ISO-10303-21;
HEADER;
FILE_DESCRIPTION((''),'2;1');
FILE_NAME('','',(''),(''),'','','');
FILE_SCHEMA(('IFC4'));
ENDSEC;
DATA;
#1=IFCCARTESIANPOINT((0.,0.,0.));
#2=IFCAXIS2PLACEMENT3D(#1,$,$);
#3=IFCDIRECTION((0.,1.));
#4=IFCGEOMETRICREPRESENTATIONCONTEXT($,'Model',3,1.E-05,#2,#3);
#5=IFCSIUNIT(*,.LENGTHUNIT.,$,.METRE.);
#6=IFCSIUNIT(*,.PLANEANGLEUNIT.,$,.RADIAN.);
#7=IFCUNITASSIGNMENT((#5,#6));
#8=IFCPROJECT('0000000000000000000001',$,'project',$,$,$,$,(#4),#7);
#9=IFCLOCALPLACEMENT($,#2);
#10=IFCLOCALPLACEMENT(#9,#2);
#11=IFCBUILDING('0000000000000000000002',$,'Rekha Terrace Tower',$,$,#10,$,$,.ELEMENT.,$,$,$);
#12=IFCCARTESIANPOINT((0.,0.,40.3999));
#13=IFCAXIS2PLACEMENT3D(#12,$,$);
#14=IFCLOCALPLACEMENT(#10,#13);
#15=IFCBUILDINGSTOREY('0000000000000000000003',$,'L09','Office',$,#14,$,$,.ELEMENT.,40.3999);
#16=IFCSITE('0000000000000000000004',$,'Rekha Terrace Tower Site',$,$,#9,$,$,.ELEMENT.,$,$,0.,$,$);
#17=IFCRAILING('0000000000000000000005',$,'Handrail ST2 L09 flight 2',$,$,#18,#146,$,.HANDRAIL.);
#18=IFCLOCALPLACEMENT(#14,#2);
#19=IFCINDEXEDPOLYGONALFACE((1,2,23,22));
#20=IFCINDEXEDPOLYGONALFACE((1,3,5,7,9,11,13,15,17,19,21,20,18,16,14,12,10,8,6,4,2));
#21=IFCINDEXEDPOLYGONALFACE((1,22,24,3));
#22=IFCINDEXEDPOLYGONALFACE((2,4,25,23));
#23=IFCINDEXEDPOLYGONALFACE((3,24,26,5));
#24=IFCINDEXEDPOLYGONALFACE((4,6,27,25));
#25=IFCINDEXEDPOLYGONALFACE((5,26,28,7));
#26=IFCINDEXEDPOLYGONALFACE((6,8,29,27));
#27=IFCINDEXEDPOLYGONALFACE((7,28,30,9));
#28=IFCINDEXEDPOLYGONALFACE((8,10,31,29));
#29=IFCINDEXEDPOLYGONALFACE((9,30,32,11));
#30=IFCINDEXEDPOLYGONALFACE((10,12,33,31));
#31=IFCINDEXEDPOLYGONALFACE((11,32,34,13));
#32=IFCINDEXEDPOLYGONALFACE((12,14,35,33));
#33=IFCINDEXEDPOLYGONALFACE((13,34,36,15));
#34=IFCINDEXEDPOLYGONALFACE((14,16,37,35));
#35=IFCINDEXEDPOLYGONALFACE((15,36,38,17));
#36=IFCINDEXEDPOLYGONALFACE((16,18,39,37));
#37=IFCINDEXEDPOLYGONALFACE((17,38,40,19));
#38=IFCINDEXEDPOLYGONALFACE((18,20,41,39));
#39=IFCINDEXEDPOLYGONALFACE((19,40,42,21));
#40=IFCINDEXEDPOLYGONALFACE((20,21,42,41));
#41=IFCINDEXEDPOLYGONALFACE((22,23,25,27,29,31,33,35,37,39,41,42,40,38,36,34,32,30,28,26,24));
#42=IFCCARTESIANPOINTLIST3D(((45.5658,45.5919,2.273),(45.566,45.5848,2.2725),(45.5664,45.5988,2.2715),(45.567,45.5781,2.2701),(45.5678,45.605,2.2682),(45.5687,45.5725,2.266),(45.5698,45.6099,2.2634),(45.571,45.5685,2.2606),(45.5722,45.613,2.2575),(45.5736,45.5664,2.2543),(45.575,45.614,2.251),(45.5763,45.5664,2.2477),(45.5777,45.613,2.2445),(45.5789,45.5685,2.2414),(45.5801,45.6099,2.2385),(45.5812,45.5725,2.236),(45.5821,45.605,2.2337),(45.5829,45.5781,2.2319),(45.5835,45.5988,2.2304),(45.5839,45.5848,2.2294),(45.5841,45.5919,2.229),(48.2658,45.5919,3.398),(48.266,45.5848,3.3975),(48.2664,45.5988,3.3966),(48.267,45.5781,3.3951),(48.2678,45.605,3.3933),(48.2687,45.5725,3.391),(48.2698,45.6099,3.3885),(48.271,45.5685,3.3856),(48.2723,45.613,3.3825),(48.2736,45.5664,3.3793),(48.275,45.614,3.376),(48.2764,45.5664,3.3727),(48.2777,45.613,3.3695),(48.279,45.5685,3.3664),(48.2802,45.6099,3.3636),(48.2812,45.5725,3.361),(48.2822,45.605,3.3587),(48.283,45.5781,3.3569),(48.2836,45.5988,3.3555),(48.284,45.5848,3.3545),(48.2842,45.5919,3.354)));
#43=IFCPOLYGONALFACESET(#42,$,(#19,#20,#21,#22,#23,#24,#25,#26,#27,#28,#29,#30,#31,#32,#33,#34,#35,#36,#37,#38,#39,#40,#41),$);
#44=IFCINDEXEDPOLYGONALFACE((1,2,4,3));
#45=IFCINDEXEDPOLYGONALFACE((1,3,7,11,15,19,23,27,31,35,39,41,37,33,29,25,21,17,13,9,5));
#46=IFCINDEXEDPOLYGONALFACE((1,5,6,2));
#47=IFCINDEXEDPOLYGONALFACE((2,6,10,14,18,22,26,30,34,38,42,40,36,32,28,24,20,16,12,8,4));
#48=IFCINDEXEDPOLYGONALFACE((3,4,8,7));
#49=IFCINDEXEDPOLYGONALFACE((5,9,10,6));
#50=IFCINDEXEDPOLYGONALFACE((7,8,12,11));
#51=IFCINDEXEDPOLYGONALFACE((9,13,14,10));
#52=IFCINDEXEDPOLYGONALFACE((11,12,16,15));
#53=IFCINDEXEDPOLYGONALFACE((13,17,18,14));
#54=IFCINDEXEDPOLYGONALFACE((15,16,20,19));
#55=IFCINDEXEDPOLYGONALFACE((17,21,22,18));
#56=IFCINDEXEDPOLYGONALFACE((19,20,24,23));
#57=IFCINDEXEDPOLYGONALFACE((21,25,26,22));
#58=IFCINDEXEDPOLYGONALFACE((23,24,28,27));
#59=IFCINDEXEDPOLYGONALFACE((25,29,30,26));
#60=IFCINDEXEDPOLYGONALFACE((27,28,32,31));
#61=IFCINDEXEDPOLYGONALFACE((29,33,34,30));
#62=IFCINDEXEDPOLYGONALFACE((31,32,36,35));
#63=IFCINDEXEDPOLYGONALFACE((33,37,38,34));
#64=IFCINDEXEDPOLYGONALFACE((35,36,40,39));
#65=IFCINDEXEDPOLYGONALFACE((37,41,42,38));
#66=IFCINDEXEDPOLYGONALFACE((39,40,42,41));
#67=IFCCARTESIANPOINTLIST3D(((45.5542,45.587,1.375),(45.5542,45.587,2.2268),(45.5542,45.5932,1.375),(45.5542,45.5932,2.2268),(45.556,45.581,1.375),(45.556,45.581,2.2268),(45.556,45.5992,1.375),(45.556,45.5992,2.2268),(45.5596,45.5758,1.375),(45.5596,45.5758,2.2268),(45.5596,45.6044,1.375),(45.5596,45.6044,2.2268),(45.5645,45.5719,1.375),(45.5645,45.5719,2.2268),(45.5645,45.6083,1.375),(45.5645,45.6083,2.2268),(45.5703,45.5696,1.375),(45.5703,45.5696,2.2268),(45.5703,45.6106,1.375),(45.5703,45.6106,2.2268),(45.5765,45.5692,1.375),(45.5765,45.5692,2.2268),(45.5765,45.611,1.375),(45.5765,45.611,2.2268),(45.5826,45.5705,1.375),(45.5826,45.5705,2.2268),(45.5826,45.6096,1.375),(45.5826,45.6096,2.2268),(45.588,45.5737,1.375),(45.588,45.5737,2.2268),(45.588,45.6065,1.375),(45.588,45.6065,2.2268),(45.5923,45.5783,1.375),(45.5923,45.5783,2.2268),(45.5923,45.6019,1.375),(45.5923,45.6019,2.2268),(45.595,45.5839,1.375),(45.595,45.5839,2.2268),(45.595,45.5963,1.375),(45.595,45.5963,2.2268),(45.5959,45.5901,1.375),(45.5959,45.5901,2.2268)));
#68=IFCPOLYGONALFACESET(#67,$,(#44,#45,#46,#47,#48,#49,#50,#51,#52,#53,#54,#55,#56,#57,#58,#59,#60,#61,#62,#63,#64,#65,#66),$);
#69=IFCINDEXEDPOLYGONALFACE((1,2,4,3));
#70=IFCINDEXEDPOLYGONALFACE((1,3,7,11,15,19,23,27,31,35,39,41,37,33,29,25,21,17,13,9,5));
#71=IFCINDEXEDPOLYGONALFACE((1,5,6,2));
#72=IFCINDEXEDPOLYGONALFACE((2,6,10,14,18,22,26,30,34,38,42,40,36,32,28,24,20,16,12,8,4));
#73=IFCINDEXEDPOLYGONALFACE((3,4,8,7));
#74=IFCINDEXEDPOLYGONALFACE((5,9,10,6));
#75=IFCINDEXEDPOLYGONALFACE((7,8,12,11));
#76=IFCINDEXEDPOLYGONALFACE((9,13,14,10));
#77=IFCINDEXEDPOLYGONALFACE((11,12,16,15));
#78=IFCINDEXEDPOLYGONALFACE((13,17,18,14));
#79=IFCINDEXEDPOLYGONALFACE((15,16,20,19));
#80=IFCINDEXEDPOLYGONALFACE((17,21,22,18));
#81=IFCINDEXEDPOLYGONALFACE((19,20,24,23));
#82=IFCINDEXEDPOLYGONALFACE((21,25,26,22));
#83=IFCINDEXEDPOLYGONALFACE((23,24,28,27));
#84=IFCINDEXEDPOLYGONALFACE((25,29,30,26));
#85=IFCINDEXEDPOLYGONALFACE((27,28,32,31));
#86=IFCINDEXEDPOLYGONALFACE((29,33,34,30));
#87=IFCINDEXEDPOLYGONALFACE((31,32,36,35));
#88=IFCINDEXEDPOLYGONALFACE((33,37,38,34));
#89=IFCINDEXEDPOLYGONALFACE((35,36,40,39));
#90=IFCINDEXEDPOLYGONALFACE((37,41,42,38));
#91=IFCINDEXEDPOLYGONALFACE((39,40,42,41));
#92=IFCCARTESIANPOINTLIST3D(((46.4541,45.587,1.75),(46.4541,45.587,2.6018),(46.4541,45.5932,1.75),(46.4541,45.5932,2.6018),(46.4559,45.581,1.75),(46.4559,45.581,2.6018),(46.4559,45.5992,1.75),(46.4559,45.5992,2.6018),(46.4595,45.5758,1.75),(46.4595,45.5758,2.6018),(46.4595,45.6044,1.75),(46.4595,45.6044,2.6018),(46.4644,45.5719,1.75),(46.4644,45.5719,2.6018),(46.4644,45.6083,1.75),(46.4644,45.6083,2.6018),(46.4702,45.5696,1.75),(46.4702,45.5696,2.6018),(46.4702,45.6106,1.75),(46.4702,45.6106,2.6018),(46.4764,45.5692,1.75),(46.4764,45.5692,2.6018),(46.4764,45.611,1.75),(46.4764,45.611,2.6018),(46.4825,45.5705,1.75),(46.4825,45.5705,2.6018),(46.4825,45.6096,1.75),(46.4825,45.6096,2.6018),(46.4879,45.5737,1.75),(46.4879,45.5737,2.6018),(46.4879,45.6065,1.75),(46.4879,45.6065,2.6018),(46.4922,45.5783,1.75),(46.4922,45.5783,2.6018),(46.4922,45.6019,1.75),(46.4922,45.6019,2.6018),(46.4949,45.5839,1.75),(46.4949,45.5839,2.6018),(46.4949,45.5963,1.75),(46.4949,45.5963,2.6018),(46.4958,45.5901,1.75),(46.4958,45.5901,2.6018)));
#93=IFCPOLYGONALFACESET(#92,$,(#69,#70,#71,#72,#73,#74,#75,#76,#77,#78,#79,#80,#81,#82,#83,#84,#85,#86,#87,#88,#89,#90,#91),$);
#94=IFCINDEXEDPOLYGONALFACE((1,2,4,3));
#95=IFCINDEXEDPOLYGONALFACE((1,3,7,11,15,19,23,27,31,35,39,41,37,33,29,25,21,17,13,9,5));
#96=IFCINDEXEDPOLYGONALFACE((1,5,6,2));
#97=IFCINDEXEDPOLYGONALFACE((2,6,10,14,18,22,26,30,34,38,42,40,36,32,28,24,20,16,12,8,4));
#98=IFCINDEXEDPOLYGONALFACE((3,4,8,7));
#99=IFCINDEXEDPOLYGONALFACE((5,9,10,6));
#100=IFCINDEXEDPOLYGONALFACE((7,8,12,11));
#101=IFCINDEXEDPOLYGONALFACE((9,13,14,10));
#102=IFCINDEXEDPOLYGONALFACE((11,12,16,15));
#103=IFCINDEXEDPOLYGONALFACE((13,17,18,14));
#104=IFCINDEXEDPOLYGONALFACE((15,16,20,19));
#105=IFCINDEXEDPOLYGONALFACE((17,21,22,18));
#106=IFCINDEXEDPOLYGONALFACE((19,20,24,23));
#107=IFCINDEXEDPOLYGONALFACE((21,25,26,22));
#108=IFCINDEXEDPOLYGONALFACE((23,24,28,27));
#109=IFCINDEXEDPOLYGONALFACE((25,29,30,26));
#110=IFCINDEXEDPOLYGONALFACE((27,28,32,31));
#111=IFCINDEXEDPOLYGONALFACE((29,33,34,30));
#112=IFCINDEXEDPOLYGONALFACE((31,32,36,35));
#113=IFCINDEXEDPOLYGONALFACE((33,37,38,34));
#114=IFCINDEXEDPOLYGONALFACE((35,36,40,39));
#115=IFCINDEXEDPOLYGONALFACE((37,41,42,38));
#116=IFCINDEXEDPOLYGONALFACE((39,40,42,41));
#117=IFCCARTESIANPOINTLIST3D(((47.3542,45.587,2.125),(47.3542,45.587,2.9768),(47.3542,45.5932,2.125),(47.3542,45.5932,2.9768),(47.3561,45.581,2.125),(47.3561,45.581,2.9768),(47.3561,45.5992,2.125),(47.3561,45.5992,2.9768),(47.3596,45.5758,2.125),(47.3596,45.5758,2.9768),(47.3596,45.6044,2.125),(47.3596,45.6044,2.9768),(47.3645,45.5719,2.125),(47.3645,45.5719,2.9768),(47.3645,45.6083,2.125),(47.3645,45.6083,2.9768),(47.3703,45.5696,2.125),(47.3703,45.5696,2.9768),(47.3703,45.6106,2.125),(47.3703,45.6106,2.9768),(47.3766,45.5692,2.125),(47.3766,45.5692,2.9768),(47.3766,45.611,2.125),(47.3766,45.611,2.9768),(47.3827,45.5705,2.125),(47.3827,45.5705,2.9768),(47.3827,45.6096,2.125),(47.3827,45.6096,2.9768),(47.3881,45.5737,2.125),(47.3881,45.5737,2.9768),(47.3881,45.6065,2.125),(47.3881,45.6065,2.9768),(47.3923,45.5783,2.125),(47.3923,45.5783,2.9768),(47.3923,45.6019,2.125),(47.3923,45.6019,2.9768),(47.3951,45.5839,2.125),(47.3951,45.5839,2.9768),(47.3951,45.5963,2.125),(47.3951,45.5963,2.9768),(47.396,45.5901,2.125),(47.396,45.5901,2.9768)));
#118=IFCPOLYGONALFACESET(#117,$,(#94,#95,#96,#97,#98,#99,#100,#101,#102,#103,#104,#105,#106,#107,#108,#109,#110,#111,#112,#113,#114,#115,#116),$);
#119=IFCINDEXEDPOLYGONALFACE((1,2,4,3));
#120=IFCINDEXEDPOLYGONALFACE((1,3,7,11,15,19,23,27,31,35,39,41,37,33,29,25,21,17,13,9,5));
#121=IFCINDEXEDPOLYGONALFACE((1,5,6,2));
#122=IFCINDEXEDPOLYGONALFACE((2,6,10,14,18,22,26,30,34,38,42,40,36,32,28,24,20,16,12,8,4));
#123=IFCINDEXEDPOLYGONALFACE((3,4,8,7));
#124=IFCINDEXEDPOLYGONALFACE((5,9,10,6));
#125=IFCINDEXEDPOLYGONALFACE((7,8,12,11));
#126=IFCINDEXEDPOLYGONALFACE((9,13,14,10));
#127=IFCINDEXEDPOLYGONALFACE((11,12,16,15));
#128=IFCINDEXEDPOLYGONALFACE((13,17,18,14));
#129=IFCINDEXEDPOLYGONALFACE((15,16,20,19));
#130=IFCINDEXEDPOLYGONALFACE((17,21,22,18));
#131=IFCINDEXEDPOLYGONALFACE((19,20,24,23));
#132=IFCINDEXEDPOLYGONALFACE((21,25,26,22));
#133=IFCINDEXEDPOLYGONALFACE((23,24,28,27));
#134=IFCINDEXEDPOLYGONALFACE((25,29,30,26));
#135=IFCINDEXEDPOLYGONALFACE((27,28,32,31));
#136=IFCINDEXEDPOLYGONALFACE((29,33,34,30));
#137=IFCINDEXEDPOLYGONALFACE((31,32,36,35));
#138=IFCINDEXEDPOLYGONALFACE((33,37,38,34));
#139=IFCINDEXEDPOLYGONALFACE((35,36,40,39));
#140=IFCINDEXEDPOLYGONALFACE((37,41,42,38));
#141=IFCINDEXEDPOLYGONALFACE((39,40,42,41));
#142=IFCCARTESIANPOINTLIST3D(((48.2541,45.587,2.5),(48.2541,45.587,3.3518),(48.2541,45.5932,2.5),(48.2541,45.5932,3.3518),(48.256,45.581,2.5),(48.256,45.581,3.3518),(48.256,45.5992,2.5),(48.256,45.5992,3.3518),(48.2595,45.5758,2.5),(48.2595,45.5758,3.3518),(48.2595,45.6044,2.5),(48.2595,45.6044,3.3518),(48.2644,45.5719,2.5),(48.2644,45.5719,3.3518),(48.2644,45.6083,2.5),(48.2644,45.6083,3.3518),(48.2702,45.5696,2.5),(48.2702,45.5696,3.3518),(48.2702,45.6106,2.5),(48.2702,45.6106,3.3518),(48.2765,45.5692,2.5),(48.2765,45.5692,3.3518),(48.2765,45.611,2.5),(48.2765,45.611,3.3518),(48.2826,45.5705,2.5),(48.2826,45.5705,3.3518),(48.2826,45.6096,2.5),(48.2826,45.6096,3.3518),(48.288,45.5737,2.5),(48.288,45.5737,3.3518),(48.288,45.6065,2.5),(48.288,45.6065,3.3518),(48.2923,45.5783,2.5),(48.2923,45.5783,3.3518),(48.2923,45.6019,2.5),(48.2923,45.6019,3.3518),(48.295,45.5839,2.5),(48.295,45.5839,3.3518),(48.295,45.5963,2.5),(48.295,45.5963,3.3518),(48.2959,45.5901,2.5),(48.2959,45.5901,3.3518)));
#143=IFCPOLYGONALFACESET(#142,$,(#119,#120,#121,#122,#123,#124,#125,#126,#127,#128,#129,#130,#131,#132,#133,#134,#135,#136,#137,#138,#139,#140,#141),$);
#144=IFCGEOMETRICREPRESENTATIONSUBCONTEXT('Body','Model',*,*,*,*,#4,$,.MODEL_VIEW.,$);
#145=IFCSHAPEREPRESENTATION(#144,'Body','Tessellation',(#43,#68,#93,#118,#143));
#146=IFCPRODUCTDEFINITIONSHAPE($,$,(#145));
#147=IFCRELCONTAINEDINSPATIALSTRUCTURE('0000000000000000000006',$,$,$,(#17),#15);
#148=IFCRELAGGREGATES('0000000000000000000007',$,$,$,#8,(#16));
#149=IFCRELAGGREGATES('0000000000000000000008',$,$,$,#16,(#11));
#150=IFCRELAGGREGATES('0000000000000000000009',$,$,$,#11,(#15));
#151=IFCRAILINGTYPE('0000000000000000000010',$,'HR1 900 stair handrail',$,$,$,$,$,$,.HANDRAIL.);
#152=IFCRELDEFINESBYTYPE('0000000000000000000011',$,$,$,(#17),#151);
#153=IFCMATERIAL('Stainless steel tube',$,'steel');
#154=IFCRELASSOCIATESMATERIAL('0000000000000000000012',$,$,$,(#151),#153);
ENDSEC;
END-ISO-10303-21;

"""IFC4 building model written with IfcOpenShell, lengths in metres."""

from ifc_helpers import new_model, si_unit, direction, frame, origin, origin_2d, place, context, subcontext, project, spatial, circle, extrude, material, type_object, element, save


model = new_model("IFC4")

# Units and contexts
model_context = context("Model", 3, precision=1e-05, world=origin(), true_north=direction((0.0, 1.0)))
body_context = subcontext(model_context, "Body", "Model", "MODEL_VIEW")
ifc_project = project(units=[si_unit("LENGTHUNIT", "METRE"), si_unit("PLANEANGLEUNIT", "RADIAN")], contexts=[model_context])

# Site, building, storey
site_placement = place(None, origin())
site = spatial("IfcSite", under=ifc_project, at=site_placement, Name="Rekha Terrace Tower Site", CompositionType="ELEMENT", RefElevation=0.0)
building_placement = place(site_placement, origin())
building = spatial("IfcBuilding", under=site, at=building_placement, Name="Rekha Terrace Tower", CompositionType="ELEMENT")
storey_placement = place(building_placement, frame((0.0, 0.0, 40.3999)))
storey = spatial("IfcBuildingStorey", under=building, at=storey_placement, Name="L09", Description="Office", CompositionType="ELEMENT", Elevation=40.3999)

# Railing
ifc_material_1 = material(Name="Stainless steel tube", Category="steel")
railing_type_1 = type_object("IfcRailingType", Name="HR1 900 stair handrail", PredefinedType="HANDRAIL", material=ifc_material_1)
railing_1_placement = place(storey_placement, frame((45.575, 45.5901, 1.375)))
element("IfcRailing", 1, at=railing_1_placement, inside=storey, type_object=railing_type_1, Name="Handrail ST2 L09 flight 2", PredefinedType="HANDRAIL", context=body_context, shape_type="SweptSolid", body=[
    extrude(circle(Radius=0.0239, at=origin_2d()), frame((0.0, 0.0, 0.876), z_axis=(0.923074, 0.0, 0.384621), x_axis=(0.0, 1.0, 0.0)), (0.0, 0.0, 1.0), 2.925),
    extrude(circle(Radius=0.021, at=origin_2d()), origin(), (0.0, 0.0, 1.0), 0.8518),
    extrude(circle(Radius=0.021, at=origin_2d()), frame((0.8999, 0.0, 0.375)), (0.0, 0.0, 1.0), 0.8518),
    extrude(circle(Radius=0.021, at=origin_2d()), frame((1.8, 0.0, 0.75)), (0.0, 0.0, 1.0), 0.8518),
    extrude(circle(Radius=0.021, at=origin_2d()), frame((2.7, 0.0, 1.125)), (0.0, 0.0, 1.0), 0.8518),
])

save(model, "model.ifc")
